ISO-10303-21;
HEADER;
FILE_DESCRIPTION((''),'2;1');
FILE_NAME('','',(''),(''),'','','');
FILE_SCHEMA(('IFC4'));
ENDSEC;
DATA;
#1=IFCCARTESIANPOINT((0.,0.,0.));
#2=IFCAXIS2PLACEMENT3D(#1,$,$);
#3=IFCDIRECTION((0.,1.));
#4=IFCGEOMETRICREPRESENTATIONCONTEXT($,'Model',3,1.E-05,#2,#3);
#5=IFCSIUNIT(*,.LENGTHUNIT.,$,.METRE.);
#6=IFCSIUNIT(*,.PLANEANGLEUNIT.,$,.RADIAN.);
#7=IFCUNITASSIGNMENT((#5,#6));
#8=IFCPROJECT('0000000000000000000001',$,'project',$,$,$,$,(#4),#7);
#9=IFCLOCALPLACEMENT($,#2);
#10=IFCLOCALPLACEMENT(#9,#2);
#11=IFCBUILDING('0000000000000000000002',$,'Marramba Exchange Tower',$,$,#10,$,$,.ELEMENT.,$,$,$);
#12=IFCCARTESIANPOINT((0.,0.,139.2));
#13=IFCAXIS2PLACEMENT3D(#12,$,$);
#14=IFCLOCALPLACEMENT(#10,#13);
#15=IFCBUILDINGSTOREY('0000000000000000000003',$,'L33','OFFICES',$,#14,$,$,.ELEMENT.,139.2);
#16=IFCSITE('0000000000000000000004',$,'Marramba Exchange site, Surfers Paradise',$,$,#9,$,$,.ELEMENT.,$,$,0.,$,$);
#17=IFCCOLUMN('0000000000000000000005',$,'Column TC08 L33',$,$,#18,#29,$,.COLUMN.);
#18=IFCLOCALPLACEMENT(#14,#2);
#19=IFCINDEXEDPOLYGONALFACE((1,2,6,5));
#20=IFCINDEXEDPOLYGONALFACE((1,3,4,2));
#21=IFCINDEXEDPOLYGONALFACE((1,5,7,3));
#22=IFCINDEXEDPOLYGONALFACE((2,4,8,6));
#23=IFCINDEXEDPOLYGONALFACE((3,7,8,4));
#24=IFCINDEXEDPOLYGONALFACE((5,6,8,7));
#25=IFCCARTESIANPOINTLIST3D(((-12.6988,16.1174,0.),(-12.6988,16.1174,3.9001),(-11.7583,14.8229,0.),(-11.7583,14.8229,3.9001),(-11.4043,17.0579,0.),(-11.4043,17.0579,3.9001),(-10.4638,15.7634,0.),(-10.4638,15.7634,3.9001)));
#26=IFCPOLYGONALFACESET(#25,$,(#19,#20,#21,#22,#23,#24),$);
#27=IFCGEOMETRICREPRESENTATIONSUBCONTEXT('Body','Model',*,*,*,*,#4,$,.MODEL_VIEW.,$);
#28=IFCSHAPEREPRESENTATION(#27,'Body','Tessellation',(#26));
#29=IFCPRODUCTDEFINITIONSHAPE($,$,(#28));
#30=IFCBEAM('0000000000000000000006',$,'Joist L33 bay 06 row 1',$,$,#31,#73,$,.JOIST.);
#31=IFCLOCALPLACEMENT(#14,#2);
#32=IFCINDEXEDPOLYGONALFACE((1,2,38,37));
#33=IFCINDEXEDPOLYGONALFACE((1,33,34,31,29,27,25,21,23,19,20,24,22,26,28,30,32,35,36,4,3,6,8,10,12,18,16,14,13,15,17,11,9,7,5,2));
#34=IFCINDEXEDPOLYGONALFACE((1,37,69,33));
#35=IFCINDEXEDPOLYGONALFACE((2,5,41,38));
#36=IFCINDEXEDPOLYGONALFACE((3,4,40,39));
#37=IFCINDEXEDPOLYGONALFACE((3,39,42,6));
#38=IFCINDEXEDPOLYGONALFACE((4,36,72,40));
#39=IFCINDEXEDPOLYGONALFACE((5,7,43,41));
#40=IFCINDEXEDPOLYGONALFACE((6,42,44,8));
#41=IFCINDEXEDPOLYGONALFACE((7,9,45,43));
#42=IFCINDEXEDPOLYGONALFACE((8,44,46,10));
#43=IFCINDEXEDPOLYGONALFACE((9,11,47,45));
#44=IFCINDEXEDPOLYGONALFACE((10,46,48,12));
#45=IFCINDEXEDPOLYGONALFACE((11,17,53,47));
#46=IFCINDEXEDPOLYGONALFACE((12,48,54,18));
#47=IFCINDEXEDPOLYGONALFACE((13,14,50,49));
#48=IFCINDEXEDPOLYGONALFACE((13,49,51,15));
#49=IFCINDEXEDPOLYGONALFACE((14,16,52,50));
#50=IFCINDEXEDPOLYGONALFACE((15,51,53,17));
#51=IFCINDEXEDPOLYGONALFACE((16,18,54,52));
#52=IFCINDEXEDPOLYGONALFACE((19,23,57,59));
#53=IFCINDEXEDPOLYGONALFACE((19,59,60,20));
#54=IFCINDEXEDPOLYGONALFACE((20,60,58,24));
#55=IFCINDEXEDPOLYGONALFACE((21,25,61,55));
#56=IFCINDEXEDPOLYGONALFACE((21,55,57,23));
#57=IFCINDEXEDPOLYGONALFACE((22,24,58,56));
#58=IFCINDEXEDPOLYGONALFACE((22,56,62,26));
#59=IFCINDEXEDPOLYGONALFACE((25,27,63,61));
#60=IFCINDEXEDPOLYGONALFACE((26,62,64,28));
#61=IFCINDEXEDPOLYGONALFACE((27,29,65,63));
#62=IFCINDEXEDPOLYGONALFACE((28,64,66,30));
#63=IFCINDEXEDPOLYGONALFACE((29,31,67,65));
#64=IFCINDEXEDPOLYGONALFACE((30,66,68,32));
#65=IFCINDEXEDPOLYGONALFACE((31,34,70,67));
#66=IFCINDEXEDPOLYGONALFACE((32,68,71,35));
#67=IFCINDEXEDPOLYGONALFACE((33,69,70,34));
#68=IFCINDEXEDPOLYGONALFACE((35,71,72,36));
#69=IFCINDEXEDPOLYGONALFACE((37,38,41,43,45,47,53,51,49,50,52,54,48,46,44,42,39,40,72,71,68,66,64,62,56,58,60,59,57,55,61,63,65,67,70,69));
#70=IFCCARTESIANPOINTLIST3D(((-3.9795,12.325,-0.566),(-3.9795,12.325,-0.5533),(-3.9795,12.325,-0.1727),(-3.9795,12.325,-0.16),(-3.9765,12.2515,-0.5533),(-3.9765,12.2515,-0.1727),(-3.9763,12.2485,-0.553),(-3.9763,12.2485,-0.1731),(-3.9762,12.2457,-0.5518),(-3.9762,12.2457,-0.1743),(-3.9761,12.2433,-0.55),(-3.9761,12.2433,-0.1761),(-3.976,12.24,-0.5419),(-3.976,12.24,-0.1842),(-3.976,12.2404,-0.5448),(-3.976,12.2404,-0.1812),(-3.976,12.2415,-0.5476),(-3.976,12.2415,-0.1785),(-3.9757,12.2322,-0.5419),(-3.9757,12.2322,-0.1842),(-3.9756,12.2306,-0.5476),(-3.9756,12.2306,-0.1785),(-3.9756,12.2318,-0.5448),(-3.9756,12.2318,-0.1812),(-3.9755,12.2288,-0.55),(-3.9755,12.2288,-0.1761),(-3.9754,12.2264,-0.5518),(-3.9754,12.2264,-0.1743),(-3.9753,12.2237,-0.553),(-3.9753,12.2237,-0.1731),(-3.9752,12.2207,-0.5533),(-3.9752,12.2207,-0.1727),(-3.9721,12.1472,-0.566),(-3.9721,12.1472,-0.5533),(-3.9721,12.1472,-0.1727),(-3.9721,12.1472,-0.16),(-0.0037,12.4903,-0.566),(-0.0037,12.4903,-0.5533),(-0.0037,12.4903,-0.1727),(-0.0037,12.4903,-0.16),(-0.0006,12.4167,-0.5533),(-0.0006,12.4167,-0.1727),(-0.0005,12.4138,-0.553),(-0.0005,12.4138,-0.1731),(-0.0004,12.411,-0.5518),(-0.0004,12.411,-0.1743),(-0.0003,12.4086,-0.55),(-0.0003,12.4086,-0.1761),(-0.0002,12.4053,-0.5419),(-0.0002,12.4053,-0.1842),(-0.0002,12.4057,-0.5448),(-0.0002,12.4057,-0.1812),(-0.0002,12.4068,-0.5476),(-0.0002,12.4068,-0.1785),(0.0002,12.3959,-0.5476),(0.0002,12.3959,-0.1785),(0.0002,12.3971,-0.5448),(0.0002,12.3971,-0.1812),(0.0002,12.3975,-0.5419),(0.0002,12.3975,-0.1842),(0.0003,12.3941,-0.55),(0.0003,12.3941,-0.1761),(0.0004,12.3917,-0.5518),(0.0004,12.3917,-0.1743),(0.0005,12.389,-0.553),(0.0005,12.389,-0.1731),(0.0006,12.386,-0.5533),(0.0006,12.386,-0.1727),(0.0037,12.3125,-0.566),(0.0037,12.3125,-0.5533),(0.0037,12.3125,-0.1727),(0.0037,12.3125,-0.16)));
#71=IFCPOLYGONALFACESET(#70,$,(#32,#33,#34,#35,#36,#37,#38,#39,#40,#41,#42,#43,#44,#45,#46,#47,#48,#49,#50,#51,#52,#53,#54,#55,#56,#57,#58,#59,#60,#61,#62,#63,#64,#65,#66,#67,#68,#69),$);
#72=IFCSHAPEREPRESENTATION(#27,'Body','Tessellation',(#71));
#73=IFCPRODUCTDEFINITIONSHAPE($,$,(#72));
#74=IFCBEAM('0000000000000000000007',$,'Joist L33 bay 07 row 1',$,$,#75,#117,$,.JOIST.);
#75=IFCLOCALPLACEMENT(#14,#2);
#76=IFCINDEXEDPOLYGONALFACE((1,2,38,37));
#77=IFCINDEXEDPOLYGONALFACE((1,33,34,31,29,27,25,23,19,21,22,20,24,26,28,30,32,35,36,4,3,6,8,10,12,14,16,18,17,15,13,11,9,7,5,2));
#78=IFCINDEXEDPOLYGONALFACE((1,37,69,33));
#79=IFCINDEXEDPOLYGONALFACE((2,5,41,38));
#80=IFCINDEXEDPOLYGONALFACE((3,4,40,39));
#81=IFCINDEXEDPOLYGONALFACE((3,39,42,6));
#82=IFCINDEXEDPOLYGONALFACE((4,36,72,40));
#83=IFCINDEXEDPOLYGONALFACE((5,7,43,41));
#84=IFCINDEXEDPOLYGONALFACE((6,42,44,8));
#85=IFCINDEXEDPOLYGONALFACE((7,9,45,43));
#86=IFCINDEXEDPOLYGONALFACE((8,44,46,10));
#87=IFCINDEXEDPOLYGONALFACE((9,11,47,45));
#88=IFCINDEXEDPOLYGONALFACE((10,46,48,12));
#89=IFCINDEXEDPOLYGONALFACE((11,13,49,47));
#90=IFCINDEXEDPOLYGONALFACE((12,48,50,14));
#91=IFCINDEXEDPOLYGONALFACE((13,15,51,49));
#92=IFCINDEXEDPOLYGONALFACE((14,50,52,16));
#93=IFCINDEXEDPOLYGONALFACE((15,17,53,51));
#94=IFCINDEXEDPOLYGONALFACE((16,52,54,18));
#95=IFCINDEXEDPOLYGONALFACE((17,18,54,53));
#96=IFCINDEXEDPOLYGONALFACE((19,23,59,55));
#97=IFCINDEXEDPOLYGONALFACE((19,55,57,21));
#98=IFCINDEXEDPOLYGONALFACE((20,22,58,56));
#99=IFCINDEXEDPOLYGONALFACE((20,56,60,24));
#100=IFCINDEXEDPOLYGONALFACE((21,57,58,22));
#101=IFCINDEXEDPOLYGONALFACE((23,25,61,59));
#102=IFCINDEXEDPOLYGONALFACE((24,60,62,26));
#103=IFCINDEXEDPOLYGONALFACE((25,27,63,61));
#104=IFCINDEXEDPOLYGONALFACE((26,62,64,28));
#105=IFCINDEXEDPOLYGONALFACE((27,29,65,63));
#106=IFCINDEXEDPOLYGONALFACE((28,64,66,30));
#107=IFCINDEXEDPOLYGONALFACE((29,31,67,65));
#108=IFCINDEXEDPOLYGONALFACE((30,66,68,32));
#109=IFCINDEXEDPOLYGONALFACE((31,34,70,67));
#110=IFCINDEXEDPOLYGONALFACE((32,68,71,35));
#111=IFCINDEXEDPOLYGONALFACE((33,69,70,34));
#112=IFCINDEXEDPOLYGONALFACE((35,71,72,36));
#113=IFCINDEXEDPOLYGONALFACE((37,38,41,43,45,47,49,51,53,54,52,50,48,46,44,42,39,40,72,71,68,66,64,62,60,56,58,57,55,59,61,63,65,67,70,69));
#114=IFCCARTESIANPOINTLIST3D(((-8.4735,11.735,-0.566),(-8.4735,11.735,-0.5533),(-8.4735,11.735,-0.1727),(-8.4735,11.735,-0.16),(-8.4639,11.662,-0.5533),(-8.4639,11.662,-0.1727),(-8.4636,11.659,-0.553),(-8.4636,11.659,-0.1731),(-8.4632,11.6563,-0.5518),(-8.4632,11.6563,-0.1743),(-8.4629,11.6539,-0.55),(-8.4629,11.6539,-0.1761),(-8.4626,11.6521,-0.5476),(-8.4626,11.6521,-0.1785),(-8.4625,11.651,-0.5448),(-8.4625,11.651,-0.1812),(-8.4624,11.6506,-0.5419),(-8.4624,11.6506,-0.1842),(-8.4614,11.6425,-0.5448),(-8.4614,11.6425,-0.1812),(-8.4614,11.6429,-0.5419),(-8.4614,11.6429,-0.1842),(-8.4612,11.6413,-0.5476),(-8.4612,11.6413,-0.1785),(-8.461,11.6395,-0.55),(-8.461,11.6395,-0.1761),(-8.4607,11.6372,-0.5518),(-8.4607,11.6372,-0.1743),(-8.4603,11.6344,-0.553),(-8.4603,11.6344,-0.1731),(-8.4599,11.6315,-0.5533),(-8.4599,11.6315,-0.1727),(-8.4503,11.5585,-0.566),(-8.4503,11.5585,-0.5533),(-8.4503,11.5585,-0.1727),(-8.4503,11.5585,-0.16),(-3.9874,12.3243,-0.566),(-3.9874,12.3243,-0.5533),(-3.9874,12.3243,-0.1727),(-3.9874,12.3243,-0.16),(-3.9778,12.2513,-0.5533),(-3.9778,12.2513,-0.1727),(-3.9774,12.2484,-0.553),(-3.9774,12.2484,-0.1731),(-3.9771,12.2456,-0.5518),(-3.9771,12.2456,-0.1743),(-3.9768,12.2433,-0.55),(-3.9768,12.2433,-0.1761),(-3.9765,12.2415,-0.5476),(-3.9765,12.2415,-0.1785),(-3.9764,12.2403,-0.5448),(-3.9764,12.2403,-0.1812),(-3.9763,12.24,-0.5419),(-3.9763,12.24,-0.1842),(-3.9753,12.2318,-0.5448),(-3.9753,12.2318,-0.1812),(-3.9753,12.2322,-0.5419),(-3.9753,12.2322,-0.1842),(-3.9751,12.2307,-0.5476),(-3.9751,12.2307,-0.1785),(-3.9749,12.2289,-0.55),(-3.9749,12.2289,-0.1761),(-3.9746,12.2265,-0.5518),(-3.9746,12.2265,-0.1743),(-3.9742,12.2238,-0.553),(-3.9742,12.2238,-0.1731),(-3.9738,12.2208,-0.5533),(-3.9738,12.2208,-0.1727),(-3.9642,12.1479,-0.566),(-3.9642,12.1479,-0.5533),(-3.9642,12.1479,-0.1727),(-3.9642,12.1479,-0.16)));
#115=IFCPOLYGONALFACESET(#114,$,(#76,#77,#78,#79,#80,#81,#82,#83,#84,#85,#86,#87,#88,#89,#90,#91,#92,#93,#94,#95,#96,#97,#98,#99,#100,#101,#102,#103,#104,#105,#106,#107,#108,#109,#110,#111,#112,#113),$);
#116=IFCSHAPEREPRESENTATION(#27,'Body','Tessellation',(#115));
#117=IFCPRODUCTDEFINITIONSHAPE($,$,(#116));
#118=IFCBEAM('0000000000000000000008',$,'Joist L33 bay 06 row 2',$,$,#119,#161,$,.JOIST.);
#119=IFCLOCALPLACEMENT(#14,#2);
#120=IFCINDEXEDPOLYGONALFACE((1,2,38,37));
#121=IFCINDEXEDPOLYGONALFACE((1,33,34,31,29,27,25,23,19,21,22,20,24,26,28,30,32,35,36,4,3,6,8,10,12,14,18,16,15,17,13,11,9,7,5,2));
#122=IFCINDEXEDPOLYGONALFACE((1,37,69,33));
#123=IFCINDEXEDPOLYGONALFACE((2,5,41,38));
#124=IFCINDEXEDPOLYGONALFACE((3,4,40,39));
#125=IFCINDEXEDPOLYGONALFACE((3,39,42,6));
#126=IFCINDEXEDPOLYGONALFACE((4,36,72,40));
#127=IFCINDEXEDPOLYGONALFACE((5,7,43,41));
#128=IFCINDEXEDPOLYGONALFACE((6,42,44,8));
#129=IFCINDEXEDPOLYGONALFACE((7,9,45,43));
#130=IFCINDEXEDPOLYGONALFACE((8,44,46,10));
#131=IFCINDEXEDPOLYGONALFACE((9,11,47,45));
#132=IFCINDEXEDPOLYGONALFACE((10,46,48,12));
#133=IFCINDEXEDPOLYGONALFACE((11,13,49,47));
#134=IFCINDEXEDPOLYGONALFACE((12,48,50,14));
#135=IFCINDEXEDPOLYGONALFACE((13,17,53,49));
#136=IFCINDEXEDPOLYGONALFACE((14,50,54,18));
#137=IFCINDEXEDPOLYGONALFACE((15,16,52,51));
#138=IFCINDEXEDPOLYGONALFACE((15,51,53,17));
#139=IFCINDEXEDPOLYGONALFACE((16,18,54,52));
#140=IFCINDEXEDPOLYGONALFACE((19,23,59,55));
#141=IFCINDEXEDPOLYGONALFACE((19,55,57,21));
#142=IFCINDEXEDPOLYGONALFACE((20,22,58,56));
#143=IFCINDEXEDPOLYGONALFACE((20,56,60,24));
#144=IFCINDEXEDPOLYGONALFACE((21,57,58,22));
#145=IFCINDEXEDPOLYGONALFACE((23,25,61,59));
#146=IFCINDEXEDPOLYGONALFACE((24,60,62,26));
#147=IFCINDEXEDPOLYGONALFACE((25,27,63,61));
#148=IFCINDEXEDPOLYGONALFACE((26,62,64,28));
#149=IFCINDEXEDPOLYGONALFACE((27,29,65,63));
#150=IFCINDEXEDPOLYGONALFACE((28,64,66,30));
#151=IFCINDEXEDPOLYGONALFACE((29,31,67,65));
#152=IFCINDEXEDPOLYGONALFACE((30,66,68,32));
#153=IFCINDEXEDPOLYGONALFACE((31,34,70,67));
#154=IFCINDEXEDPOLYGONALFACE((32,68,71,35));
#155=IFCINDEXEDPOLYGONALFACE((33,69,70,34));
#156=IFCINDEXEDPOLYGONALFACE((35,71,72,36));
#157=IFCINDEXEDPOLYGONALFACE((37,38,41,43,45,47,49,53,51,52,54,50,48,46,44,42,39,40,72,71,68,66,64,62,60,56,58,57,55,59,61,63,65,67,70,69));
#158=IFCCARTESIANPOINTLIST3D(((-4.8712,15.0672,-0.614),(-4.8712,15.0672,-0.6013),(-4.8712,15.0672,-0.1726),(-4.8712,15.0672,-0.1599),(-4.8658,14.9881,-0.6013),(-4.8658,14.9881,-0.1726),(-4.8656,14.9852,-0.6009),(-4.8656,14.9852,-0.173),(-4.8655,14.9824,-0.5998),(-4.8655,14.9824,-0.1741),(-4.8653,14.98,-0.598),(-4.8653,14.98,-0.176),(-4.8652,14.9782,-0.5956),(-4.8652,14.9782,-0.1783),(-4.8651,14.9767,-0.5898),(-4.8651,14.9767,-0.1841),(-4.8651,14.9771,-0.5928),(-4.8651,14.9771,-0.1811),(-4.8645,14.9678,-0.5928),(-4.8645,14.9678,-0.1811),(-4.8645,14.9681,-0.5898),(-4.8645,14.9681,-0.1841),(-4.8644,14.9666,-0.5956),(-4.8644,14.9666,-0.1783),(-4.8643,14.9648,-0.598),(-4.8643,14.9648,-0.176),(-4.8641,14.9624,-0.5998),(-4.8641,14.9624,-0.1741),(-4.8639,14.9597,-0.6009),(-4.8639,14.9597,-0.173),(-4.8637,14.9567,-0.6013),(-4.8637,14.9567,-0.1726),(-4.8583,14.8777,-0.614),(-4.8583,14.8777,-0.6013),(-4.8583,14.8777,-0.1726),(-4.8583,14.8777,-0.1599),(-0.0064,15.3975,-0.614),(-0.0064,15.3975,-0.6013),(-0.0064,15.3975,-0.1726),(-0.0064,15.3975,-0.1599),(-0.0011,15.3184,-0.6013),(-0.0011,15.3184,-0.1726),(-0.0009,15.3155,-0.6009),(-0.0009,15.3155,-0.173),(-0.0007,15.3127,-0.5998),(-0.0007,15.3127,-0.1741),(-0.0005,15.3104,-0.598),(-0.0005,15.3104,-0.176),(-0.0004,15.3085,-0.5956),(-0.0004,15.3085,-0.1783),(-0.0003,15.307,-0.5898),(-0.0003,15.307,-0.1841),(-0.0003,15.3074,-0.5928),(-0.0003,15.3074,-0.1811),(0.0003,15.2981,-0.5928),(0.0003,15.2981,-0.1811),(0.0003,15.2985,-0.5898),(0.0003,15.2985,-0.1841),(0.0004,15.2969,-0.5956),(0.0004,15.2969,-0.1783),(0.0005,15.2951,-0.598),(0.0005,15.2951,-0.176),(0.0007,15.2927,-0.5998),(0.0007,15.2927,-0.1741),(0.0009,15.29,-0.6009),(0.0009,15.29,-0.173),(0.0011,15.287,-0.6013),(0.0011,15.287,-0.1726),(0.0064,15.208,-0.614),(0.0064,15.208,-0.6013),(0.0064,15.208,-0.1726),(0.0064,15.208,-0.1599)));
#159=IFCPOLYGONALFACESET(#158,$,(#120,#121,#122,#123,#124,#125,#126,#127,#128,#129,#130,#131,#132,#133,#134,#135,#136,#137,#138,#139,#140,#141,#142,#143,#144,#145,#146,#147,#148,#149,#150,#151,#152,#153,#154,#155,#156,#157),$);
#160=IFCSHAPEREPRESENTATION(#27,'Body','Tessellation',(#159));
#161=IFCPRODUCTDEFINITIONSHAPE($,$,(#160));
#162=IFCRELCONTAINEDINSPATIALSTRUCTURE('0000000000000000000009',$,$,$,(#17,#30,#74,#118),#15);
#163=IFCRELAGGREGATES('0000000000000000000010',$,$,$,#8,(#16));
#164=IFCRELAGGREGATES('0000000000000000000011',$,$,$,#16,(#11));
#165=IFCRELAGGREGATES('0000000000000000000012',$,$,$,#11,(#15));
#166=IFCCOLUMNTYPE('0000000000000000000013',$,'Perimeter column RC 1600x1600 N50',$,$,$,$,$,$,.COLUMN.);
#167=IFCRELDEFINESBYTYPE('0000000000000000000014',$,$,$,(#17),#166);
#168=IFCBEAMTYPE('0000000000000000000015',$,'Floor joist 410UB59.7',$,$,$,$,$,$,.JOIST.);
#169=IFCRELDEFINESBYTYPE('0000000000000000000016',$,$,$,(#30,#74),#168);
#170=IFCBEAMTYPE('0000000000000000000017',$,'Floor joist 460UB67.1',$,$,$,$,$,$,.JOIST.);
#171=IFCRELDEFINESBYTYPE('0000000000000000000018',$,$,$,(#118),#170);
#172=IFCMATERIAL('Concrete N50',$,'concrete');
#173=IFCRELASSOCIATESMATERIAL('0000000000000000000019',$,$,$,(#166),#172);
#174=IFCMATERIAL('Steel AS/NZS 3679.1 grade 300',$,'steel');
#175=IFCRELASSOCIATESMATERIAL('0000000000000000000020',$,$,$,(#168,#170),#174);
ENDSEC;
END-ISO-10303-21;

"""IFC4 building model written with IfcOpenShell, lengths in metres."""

from ifc_helpers import new_model, si_unit, direction, frame, origin, origin_2d, place, context, subcontext, project, spatial, rectangle, i_section, extrude, material, material_profile, profile_set, type_object, element, save


model = new_model("IFC4")

# Units and contexts
model_context = context("Model", 3, precision=1e-05, world=origin(), true_north=direction((0.0, 1.0)))
body_context = subcontext(model_context, "Body", "Model", "MODEL_VIEW")
ifc_project = project(units=[si_unit("LENGTHUNIT", "METRE"), si_unit("PLANEANGLEUNIT", "RADIAN")], contexts=[model_context])

# Site, building, storey
site_placement = place(None, origin())
site = spatial("IfcSite", under=ifc_project, at=site_placement, Name="Marramba Exchange site, Surfers Paradise", CompositionType="ELEMENT", RefElevation=0.0)
building_placement = place(site_placement, origin())
building = spatial("IfcBuilding", under=site, at=building_placement, Name="Marramba Exchange Tower", CompositionType="ELEMENT")
storey_placement = place(building_placement, frame((0.0, 0.0, 139.2)))
storey = spatial("IfcBuildingStorey", under=building, at=storey_placement, Name="L33", Description="OFFICES", CompositionType="ELEMENT", Elevation=139.2)

# Column
ifc_material_1 = material(Name="Concrete N50", Category="concrete")
ifc_material_profile_1 = material_profile(ifc_material_1, rectangle(XDim=1.6001, YDim=1.6001, at=origin_2d()), Name="RC 1600x1600")
ifc_profile_set_1 = profile_set([ifc_material_profile_1], Name="Concrete N50")
column_type = type_object("IfcColumnType", Name="Perimeter column RC 1600x1600 N50", PredefinedType="COLUMN", material=ifc_profile_set_1)
column_placement = place(storey_placement, frame((-11.5813, 15.9404, 0.0), z_axis=(0.0, 0.0, 1.0), x_axis=(-0.587785, 0.809017, 0.0)))
element("IfcColumn", 1, at=column_placement, inside=storey, type_object=column_type, Name="Column TC08 L33", PredefinedType="COLUMN", context=body_context, shape_type="SweptSolid", body=[
    extrude(rectangle(XDim=1.6001, YDim=1.6001, at=origin_2d()), origin(), (0.0, 0.0, 1.0), 3.9001),
])

# Beams
ifc_material_2 = material(Name="Steel AS/NZS 3679.1 grade 300", Category="steel")
ifc_material_profile_2 = material_profile(ifc_material_2, i_section(OverallWidth=0.178, OverallDepth=0.406, WebThickness=0.0078, FlangeThickness=0.0127, FilletRadius=0.0115, at=origin_2d()), Name="410UB59.7")
ifc_profile_set_2 = profile_set([ifc_material_profile_2], Name="Steel AS/NZS 3679.1 grade 300")
beam_type_1 = type_object("IfcBeamType", Name="Floor joist 410UB59.7", PredefinedType="JOIST", material=ifc_profile_set_2)
beam_1_placement = place(storey_placement, frame((0.0, 12.4014, -0.363), z_axis=(-0.999137, -0.041536, 0.0), x_axis=(0.041536, -0.999137, 0.0)))
element("IfcBeam", 2, at=beam_1_placement, inside=storey, type_object=beam_type_1, Name="Joist L33 bay 06 row 1", PredefinedType="JOIST", context=body_context, shape_type="SweptSolid", body=[
    extrude(i_section(OverallWidth=0.178, OverallDepth=0.406, WebThickness=0.0078, FlangeThickness=0.0127, FilletRadius=0.0115, at=origin_2d()), origin(), (0.0, 0.0, 1.0), 3.9792),
])
beam_2_placement = place(storey_placement, frame((-3.9758, 12.2361, -0.363), z_axis=(-0.991481, -0.130255, 0.0), x_axis=(0.130255, -0.991481, 0.0)))
element("IfcBeam", 3, at=beam_2_placement, inside=storey, type_object=beam_type_1, Name="Joist L33 bay 07 row 1", PredefinedType="JOIST", context=body_context, shape_type="SweptSolid", body=[
    extrude(i_section(OverallWidth=0.178, OverallDepth=0.406, WebThickness=0.0078, FlangeThickness=0.0127, FilletRadius=0.0115, at=origin_2d()), origin(), (0.0, 0.0, 1.0), 4.5247),
])
ifc_material_profile_3 = material_profile(ifc_material_2, i_section(OverallWidth=0.1899, OverallDepth=0.4541, WebThickness=0.0085, FlangeThickness=0.0127, FilletRadius=0.0115, at=origin_2d()), Name="460UB67.1")
ifc_profile_set_3 = profile_set([ifc_material_profile_3], Name="Steel AS/NZS 3679.1 grade 300")
beam_type_2 = type_object("IfcBeamType", Name="Floor joist 460UB67.1", PredefinedType="JOIST", material=ifc_profile_set_3)
beam_3_placement = place(storey_placement, frame((0.0, 15.3027, -0.387), z_axis=(-0.997703, -0.067745, 0.0), x_axis=(0.067745, -0.997703, 0.0)))
element("IfcBeam", 4, at=beam_3_placement, inside=storey, type_object=beam_type_2, Name="Joist L33 bay 06 row 2", PredefinedType="JOIST", context=body_context, shape_type="SweptSolid", body=[
    extrude(i_section(OverallWidth=0.1899, OverallDepth=0.4541, WebThickness=0.0085, FlangeThickness=0.0127, FilletRadius=0.0115, at=origin_2d()), origin(), (0.0, 0.0, 1.0), 4.876),
])

save(model, "model.ifc")
